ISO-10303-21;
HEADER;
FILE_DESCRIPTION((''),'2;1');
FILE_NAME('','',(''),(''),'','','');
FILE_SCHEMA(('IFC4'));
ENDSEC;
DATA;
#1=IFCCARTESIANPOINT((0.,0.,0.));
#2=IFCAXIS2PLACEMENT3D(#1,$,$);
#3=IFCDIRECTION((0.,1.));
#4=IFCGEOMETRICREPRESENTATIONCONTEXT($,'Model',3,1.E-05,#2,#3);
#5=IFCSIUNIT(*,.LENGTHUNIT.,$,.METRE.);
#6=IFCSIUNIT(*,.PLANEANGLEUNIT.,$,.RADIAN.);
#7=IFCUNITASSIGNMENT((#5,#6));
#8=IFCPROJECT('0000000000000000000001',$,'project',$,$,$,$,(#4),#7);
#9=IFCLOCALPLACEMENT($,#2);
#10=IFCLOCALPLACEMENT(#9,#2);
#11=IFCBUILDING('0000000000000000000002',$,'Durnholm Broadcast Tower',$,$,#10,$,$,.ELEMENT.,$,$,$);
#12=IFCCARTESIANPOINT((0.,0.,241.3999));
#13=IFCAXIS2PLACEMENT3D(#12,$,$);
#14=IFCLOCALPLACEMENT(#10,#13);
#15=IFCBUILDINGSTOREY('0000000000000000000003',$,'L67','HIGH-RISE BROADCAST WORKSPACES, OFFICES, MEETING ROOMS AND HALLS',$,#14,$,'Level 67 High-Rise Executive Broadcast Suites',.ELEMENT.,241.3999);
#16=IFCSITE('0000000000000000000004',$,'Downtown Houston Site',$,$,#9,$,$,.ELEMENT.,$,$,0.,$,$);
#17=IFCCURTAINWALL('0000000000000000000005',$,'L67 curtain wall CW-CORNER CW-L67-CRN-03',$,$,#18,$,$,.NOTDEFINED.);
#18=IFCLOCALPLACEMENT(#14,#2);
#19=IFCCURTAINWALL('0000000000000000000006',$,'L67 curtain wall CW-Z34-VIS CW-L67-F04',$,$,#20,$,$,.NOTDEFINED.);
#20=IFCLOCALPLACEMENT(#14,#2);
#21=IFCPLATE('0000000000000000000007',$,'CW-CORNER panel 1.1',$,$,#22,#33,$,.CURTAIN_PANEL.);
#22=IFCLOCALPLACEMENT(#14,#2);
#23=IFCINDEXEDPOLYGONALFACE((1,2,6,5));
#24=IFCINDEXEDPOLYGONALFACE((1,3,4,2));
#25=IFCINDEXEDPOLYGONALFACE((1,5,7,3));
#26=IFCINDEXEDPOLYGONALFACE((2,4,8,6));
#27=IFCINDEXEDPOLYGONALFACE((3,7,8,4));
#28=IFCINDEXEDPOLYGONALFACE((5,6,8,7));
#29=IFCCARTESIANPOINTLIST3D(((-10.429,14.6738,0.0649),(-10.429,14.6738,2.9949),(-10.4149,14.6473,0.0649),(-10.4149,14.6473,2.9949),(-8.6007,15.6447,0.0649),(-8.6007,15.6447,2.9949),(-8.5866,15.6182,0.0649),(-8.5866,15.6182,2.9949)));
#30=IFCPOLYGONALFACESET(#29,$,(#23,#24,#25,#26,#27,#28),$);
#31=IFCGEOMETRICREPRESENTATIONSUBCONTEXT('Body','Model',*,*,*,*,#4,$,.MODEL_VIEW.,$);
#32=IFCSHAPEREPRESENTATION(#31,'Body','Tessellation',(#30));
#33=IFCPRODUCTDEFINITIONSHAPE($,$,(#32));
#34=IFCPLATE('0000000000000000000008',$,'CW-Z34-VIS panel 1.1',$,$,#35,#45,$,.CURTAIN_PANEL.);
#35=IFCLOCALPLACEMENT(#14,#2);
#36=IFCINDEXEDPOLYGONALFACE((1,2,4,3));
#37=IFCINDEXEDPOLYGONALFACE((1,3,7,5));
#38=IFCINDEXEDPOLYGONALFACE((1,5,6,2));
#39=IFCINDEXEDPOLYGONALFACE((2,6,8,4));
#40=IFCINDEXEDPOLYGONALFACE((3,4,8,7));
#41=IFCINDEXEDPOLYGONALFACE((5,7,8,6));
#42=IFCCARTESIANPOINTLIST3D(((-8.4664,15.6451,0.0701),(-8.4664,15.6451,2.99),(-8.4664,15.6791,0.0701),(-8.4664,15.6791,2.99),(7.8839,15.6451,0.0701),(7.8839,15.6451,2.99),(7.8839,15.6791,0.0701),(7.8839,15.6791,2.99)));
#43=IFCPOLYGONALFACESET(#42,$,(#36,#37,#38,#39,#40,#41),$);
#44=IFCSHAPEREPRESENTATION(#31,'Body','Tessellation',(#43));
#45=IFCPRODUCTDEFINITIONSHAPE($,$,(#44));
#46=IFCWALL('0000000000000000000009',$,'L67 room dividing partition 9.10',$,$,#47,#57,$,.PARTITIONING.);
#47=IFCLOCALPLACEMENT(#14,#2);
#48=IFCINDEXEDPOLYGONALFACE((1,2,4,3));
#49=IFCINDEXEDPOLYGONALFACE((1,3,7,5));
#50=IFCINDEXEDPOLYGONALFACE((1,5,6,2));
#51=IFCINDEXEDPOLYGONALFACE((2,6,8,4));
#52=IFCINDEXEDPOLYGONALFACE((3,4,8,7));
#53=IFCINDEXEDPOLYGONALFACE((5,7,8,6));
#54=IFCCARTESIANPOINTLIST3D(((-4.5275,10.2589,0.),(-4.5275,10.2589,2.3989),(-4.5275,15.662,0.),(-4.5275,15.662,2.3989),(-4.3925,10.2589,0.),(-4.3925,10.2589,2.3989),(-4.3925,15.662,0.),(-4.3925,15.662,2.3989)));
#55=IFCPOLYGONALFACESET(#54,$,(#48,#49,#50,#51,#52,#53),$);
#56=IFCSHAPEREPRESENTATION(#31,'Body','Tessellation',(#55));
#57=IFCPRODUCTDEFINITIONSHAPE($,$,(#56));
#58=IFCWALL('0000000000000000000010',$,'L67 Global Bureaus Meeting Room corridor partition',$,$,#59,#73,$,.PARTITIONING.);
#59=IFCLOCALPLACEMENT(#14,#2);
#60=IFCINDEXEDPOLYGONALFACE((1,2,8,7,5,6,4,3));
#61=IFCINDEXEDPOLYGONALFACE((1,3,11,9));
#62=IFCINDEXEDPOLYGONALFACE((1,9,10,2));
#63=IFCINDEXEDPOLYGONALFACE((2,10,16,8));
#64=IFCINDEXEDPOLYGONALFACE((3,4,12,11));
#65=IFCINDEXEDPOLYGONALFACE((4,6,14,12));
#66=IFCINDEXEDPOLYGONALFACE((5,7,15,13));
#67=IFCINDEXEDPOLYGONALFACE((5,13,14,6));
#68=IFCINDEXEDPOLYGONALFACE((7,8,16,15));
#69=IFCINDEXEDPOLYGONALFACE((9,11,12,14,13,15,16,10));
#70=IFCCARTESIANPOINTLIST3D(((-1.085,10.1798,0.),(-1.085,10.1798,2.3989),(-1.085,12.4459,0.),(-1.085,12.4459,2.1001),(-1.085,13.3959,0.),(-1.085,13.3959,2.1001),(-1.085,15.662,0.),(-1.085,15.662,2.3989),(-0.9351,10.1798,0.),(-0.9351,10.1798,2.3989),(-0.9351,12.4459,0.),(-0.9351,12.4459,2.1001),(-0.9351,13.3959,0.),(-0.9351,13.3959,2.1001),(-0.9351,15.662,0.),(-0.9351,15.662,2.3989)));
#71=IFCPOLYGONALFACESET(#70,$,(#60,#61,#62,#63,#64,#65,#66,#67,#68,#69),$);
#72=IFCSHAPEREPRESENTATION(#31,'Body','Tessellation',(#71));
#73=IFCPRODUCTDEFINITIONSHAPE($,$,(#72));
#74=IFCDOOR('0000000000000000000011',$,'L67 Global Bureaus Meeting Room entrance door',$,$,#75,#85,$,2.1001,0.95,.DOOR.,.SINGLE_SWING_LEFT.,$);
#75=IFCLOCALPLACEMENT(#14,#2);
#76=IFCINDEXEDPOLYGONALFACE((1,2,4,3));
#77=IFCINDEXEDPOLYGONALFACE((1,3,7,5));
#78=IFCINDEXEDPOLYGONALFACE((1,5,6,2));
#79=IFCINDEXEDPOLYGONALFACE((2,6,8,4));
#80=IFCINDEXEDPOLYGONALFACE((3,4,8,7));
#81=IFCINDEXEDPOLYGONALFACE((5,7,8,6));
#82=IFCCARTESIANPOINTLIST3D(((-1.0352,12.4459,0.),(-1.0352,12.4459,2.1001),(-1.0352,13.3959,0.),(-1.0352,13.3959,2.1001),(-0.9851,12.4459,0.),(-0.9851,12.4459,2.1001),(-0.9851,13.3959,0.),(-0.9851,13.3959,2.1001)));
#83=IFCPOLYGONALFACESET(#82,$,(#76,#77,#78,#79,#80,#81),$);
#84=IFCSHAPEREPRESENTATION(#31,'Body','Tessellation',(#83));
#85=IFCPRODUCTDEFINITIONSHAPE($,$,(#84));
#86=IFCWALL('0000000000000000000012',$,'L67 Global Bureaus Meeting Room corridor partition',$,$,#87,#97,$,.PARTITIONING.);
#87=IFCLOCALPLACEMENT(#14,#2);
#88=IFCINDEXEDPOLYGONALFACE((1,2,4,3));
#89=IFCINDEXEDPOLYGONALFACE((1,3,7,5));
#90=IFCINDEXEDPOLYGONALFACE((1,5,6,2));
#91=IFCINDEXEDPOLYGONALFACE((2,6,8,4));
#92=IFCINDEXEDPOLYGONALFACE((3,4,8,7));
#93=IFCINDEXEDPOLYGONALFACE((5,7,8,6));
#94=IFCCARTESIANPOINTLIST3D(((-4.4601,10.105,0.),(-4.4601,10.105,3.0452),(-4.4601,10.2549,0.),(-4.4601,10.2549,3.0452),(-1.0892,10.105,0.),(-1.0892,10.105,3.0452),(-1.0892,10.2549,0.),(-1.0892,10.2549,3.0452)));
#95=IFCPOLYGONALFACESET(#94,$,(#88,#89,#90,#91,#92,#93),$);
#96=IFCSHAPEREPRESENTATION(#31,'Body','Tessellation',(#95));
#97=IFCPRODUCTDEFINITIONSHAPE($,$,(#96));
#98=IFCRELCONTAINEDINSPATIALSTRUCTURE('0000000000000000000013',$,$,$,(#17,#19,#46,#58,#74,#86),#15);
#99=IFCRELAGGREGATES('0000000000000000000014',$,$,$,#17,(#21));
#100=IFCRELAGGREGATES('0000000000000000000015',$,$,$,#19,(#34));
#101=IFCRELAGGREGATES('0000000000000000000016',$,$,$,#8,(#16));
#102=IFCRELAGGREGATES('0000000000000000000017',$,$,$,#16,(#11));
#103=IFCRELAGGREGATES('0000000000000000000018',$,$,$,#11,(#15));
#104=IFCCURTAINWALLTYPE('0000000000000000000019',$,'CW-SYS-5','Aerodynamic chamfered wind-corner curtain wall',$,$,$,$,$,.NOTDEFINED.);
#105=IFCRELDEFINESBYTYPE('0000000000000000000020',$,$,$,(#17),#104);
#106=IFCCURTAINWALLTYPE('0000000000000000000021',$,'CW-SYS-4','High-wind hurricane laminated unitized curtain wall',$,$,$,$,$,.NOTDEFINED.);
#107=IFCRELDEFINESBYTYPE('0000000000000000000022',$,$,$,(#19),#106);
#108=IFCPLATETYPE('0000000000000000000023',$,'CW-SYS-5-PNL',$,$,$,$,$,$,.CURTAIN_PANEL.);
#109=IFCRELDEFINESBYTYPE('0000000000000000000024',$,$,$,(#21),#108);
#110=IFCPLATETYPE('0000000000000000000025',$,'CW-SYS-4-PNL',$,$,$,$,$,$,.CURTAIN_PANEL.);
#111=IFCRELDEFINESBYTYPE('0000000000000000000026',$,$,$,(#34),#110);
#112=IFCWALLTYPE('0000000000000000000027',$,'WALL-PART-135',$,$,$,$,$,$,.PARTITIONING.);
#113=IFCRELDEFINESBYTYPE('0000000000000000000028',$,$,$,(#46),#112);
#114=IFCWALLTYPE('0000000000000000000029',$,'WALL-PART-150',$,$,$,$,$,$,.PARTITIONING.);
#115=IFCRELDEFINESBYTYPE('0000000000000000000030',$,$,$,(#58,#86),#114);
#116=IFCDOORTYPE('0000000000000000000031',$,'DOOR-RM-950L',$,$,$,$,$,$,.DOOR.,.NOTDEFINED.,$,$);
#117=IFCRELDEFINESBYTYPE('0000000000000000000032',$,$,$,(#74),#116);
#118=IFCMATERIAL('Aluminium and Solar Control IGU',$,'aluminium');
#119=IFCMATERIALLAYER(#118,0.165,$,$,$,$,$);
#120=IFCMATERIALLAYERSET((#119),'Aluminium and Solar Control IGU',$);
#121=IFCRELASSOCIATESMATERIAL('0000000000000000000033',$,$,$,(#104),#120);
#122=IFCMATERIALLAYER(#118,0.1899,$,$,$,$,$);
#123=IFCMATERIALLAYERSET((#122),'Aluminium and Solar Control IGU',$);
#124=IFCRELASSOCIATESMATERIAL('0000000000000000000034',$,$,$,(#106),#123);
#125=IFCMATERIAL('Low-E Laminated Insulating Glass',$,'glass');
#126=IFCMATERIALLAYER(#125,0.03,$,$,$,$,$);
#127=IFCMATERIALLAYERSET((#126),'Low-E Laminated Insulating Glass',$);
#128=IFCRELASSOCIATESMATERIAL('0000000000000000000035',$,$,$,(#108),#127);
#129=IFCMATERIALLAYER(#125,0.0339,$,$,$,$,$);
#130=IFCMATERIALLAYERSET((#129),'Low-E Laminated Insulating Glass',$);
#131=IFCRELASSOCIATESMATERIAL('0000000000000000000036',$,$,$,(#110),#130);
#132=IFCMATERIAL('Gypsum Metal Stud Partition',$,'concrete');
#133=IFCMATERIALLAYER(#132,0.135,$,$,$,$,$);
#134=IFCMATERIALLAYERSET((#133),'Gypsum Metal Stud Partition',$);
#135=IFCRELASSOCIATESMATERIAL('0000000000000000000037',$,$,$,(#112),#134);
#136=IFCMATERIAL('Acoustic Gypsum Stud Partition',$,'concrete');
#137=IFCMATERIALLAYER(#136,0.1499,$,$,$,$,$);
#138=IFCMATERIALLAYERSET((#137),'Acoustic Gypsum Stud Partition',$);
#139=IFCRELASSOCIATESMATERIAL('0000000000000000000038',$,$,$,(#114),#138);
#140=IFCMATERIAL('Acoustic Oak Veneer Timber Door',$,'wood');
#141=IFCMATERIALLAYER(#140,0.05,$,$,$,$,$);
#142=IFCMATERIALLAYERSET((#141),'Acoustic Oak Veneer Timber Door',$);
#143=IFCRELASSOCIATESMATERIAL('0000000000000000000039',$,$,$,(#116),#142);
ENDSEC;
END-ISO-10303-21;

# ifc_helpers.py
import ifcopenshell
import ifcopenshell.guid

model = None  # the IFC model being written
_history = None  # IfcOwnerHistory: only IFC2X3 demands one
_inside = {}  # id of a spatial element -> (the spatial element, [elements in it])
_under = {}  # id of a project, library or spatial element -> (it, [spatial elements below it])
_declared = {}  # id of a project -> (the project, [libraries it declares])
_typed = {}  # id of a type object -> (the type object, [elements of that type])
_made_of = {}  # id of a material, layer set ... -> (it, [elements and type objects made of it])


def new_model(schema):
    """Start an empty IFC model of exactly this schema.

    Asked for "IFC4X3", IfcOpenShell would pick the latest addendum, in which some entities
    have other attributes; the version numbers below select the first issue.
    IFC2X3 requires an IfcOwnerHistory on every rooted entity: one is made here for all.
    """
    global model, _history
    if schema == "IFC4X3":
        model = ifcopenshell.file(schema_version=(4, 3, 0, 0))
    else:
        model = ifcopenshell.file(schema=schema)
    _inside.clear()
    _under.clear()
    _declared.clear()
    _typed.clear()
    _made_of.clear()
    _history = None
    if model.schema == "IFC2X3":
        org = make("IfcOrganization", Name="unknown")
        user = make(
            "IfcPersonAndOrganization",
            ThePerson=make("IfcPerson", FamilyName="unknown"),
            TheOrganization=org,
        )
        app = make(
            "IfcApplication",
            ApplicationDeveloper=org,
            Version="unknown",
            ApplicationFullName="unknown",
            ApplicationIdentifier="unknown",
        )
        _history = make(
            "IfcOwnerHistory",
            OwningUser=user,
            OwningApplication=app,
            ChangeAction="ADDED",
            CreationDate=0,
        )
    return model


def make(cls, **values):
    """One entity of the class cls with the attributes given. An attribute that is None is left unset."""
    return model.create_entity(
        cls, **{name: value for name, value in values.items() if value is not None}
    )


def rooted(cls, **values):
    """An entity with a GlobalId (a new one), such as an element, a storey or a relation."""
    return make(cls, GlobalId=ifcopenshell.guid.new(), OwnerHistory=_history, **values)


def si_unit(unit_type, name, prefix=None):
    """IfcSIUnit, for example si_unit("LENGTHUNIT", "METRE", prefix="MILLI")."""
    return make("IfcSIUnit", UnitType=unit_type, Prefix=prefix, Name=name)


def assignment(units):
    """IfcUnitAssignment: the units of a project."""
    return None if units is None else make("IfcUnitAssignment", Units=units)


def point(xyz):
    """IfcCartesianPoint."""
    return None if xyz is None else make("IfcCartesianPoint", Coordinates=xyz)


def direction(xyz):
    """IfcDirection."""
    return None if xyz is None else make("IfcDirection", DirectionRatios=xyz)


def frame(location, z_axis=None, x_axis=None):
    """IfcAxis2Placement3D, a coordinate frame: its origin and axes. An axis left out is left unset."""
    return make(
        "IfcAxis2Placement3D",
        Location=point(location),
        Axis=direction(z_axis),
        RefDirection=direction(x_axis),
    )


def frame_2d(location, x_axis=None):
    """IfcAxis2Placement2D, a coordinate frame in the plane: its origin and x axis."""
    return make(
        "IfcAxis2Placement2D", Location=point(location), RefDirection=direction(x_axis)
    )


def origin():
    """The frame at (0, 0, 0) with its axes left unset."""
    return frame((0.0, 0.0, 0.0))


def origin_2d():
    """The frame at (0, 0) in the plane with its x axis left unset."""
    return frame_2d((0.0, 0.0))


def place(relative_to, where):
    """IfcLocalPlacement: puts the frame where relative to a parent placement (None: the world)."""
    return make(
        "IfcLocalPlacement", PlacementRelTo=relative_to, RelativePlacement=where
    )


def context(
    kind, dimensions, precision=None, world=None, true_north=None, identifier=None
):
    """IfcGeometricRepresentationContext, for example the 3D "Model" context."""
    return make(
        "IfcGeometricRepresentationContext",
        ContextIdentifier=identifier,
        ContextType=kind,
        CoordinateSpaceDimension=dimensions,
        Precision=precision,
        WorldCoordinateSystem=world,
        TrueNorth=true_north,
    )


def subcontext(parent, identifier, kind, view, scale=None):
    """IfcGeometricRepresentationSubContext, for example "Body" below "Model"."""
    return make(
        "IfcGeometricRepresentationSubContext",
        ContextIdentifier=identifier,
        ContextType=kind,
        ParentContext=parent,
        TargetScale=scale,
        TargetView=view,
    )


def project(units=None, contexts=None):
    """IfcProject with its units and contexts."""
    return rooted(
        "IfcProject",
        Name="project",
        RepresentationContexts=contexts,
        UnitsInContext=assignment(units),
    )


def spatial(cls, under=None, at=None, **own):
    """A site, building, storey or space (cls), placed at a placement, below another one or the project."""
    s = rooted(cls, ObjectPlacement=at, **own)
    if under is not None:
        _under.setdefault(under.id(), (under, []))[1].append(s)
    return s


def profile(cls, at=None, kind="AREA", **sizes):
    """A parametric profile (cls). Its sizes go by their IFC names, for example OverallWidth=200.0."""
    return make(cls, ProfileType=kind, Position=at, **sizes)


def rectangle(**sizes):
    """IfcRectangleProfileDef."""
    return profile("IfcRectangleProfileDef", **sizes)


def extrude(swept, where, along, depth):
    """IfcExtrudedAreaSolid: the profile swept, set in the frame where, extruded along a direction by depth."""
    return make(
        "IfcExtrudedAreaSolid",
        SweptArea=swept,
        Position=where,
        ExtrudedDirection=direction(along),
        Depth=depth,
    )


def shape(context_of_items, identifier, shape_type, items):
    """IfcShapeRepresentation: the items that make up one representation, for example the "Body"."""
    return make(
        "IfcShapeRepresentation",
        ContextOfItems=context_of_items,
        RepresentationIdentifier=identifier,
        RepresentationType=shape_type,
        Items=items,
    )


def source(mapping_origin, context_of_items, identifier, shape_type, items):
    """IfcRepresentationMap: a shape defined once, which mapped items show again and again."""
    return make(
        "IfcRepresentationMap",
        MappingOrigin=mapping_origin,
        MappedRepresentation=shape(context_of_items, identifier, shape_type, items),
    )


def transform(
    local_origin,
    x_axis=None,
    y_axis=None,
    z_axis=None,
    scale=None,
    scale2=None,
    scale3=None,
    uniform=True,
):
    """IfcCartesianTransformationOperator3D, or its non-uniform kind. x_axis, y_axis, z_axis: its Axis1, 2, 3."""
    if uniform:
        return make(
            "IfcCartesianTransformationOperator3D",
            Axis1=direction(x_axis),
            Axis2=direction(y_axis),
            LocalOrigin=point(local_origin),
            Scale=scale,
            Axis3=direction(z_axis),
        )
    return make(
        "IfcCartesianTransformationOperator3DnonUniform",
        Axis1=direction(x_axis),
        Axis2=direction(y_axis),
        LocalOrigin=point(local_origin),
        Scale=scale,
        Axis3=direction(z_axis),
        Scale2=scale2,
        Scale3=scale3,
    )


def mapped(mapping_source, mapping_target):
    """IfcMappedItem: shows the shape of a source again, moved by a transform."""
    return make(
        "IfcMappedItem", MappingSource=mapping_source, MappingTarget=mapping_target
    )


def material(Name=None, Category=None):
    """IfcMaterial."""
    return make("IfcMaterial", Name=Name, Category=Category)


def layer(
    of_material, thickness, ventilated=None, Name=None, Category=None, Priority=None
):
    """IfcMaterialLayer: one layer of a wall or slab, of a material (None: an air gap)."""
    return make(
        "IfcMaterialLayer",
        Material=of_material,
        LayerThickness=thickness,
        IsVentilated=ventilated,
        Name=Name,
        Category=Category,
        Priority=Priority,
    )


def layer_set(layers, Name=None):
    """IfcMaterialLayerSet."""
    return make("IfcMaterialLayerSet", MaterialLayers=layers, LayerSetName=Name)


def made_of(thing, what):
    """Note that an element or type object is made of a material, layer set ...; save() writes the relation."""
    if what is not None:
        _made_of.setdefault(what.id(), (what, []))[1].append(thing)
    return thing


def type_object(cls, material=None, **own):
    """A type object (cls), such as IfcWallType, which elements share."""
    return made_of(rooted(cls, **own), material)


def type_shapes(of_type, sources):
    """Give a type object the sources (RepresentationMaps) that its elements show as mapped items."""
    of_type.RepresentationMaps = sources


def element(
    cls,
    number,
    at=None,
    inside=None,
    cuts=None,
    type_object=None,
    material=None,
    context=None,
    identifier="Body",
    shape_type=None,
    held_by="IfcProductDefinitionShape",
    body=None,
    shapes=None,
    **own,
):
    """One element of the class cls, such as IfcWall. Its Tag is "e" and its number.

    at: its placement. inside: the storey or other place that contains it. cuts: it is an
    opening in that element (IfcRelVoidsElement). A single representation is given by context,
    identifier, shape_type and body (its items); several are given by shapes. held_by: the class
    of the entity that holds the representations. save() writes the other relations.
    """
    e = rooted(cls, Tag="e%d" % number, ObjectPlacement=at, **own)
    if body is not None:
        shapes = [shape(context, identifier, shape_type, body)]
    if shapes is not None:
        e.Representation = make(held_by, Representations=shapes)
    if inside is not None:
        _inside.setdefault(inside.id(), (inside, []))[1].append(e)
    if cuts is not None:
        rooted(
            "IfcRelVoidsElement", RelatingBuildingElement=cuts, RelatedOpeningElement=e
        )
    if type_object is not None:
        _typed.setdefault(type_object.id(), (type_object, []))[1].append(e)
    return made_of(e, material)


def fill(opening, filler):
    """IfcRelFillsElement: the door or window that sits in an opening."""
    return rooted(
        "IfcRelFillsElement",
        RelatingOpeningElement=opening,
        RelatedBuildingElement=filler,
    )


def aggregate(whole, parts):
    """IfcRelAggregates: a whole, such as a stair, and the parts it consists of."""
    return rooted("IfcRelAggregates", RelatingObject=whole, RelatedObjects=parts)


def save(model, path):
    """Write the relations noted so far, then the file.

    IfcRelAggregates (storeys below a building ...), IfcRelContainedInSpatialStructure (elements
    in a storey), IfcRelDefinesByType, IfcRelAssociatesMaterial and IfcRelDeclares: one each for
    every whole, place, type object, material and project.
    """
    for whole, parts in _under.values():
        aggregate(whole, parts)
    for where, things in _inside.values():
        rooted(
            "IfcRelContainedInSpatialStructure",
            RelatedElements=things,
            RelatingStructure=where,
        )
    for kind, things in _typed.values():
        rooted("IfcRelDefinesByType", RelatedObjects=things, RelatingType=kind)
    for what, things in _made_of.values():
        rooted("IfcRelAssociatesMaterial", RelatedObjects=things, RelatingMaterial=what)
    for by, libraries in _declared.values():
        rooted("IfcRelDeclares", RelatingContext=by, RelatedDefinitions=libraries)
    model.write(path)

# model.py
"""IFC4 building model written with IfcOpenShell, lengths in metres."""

from ifc_helpers import new_model, si_unit, direction, frame, frame_2d, origin, origin_2d, place, context, subcontext, project, spatial, rectangle, extrude, source, transform, mapped, material, layer, layer_set, type_object, type_shapes, element, fill, aggregate, save


model = new_model("IFC4")

# Units and contexts
model_context = context("Model", 3, precision=1e-05, world=origin(), true_north=direction((0.0, 1.0)))
body_context = subcontext(model_context, "Body", "Model", "MODEL_VIEW")
ifc_project = project(units=[si_unit("LENGTHUNIT", "METRE"), si_unit("PLANEANGLEUNIT", "RADIAN")], contexts=[model_context])

# Site, building, storey
site_placement = place(None, origin())
site = spatial("IfcSite", under=ifc_project, at=site_placement, Name="Downtown Houston Site", CompositionType="ELEMENT", RefElevation=0.0)
building_placement = place(site_placement, origin())
building = spatial("IfcBuilding", under=site, at=building_placement, Name="Durnholm Broadcast Tower", CompositionType="ELEMENT")
storey_placement = place(building_placement, frame((0.0, 0.0, 241.3999)))
storey = spatial("IfcBuildingStorey", under=building, at=storey_placement, Name="L67", Description="HIGH-RISE BROADCAST WORKSPACES, OFFICES, MEETING ROOMS AND HALLS", LongName="Level 67 High-Rise Executive Broadcast Suites", CompositionType="ELEMENT", Elevation=241.3999)

# Curtain wall
ifc_material_1 = material(Name="Aluminium and Solar Control IGU", Category="aluminium")
ifc_layer_1 = layer(ifc_material_1, 0.165)
ifc_layer_set_1 = layer_set([ifc_layer_1], Name="Aluminium and Solar Control IGU")
curtain_wall_type_1 = type_object("IfcCurtainWallType", Name="CW-SYS-5", Description="Aerodynamic chamfered wind-corner curtain wall", PredefinedType="NOTDEFINED", material=ifc_layer_set_1)
curtain_wall_1_placement = place(storey_placement, origin())
curtain_wall_1 = element("IfcCurtainWall", 1, at=curtain_wall_1_placement, inside=storey, type_object=curtain_wall_type_1, Name="L67 curtain wall CW-CORNER CW-L67-CRN-03", PredefinedType="NOTDEFINED")

# Curtain wall
ifc_layer_2 = layer(ifc_material_1, 0.1899)
ifc_layer_set_2 = layer_set([ifc_layer_2], Name="Aluminium and Solar Control IGU")
curtain_wall_type_2 = type_object("IfcCurtainWallType", Name="CW-SYS-4", Description="High-wind hurricane laminated unitized curtain wall", PredefinedType="NOTDEFINED", material=ifc_layer_set_2)
curtain_wall_2_placement = place(storey_placement, origin())
curtain_wall_2 = element("IfcCurtainWall", 2, at=curtain_wall_2_placement, inside=storey, type_object=curtain_wall_type_2, Name="L67 curtain wall CW-Z34-VIS CW-L67-F04", PredefinedType="NOTDEFINED")

# Plates
ifc_material_2 = material(Name="Low-E Laminated Insulating Glass", Category="glass")
ifc_layer_3 = layer(ifc_material_2, 0.03)
ifc_layer_set_3 = layer_set([ifc_layer_3], Name="Low-E Laminated Insulating Glass")
plate_type_1 = type_object("IfcPlateType", Name="CW-SYS-5-PNL", PredefinedType="CURTAIN_PANEL", material=ifc_layer_set_3)
shared_shape_1 = source(origin(), body_context, "Body", "SweptSolid", [
    extrude(rectangle(XDim=2.0701, YDim=0.03, at=origin_2d()), origin(), (0.0, 0.0, 1.0), 2.9299),
])
type_shapes(plate_type_1, [shared_shape_1])
plate_1_placement = place(storey_placement, frame((-9.5078, 15.146, 0.0649), z_axis=(0.0, 0.0, 1.0), x_axis=(0.883195, 0.469007, 0.0)))
plate_1 = element("IfcPlate", 3, at=plate_1_placement, type_object=plate_type_1, Name="CW-CORNER panel 1.1", PredefinedType="CURTAIN_PANEL", context=body_context, shape_type="MappedRepresentation", body=[
    mapped(shared_shape_1, transform((0.0, 0.0, 0.0), x_axis=(1.0, 0.0, 0.0), y_axis=(0.0, 1.0, 0.0), z_axis=(0.0, 0.0, 1.0), scale=1.0)),
])
aggregate(curtain_wall_1, [plate_1])
ifc_layer_4 = layer(ifc_material_2, 0.0339)
ifc_layer_set_4 = layer_set([ifc_layer_4], Name="Low-E Laminated Insulating Glass")
plate_type_2 = type_object("IfcPlateType", Name="CW-SYS-4-PNL", PredefinedType="CURTAIN_PANEL", material=ifc_layer_set_4)
shared_shape_2 = source(origin(), body_context, "Body", "SweptSolid", [
    extrude(rectangle(XDim=16.3503, YDim=0.0339, at=origin_2d()), origin(), (0.0, 0.0, 1.0), 2.9199),
])
type_shapes(plate_type_2, [shared_shape_2])
plate_2_placement = place(storey_placement, frame((-0.2913, 15.6621, 0.0701), z_axis=(0.0, 0.0, 1.0), x_axis=(1.0, 0.0, 0.0)))
plate_2 = element("IfcPlate", 4, at=plate_2_placement, type_object=plate_type_2, Name="CW-Z34-VIS panel 1.1", PredefinedType="CURTAIN_PANEL", context=body_context, shape_type="MappedRepresentation", body=[
    mapped(shared_shape_2, transform((0.0, 0.0, 0.0), x_axis=(1.0, 0.0, 0.0), y_axis=(0.0, 1.0, 0.0), z_axis=(0.0, 0.0, 1.0), scale=1.0)),
])
aggregate(curtain_wall_2, [plate_2])

# Wall
ifc_material_3 = material(Name="Gypsum Metal Stud Partition", Category="concrete")
ifc_layer_5 = layer(ifc_material_3, 0.135)
ifc_layer_set_5 = layer_set([ifc_layer_5], Name="Gypsum Metal Stud Partition")
wall_type_1 = type_object("IfcWallType", Name="WALL-PART-135", PredefinedType="PARTITIONING", material=ifc_layer_set_5)
wall_1_placement = place(storey_placement, frame((-4.46, 15.6621, 0.0), z_axis=(0.0, 0.0, 1.0), x_axis=(0.0, -1.0, 0.0)))
element("IfcWall", 5, at=wall_1_placement, inside=storey, type_object=wall_type_1, Name="L67 room dividing partition 9.10", PredefinedType="PARTITIONING", context=body_context, shape_type="SweptSolid", body=[
    extrude(rectangle(XDim=5.4031, YDim=0.135, at=frame_2d((2.7017, 0.0))), origin(), (0.0, 0.0, 1.0), 2.3989),
])

# Wall, opening, door
ifc_material_4 = material(Name="Acoustic Gypsum Stud Partition", Category="concrete")
ifc_layer_6 = layer(ifc_material_4, 0.1499)
ifc_layer_set_6 = layer_set([ifc_layer_6], Name="Acoustic Gypsum Stud Partition")
wall_type_2 = type_object("IfcWallType", Name="WALL-PART-150", PredefinedType="PARTITIONING", material=ifc_layer_set_6)
wall_2_placement = place(storey_placement, frame((-1.01, 15.6621, 0.0), z_axis=(0.0, 0.0, 1.0), x_axis=(0.0, -1.0, 0.0)))
wall_2 = element("IfcWall", 6, at=wall_2_placement, inside=storey, type_object=wall_type_2, Name="L67 Global Bureaus Meeting Room corridor partition", PredefinedType="PARTITIONING", context=body_context, shape_type="SweptSolid", body=[
    extrude(rectangle(XDim=5.4822, YDim=0.1499, at=frame_2d((2.7412, 0.0))), origin(), (0.0, 0.0, 1.0), 2.3989),
])
opening_placement = place(wall_2_placement, frame((2.2661, 0.0, 0.0)))
opening = element("IfcOpeningElement", 7, at=opening_placement, cuts=wall_2, PredefinedType="OPENING", context=body_context, shape_type="SweptSolid", body=[
    extrude(rectangle(XDim=0.95, YDim=2.1001, at=frame_2d((0.4751, 1.05))), frame((0.0, 0.085, 0.0), z_axis=(0.0, -1.0, 0.0), x_axis=(1.0, 0.0, 0.0)), (0.0, 0.0, 1.0), 0.1699),
])
ifc_material_5 = material(Name="Acoustic Oak Veneer Timber Door", Category="wood")
ifc_layer_7 = layer(ifc_material_5, 0.05)
ifc_layer_set_7 = layer_set([ifc_layer_7], Name="Acoustic Oak Veneer Timber Door")
door_type = type_object("IfcDoorType", Name="DOOR-RM-950L", OperationType="NOTDEFINED", PredefinedType="DOOR", material=ifc_layer_set_7)
shared_shape_3 = source(origin(), body_context, "Body", "SweptSolid", [
    extrude(rectangle(XDim=0.95, YDim=2.1001, at=frame_2d((0.4751, 1.05))), frame((0.0, 0.0249, 0.0), z_axis=(0.0, -1.0, 0.0), x_axis=(1.0, 0.0, 0.0)), (0.0, 0.0, 1.0), 0.05),
])
type_shapes(door_type, [shared_shape_3])
door_placement = place(opening_placement, origin())
door = element("IfcDoor", 8, at=door_placement, inside=storey, type_object=door_type, Name="L67 Global Bureaus Meeting Room entrance door", OperationType="SINGLE_SWING_LEFT", OverallHeight=2.1001, OverallWidth=0.95, PredefinedType="DOOR", context=body_context, shape_type="MappedRepresentation", body=[
    mapped(shared_shape_3, transform((0.0, 0.0, 0.0), x_axis=(1.0, 0.0, 0.0), y_axis=(0.0, 1.0, 0.0), z_axis=(0.0, 0.0, 1.0), scale=1.0)),
])
fill(opening, door)

# Wall
wall_3_placement = place(storey_placement, frame((-1.0891, 10.1799, 0.0), z_axis=(0.0, 0.0, 1.0), x_axis=(-1.0, 0.0, 0.0)))
element("IfcWall", 9, at=wall_3_placement, inside=storey, type_object=wall_type_2, Name="L67 Global Bureaus Meeting Room corridor partition", PredefinedType="PARTITIONING", context=body_context, shape_type="SweptSolid", body=[
    extrude(rectangle(XDim=3.3708, YDim=0.1499, at=frame_2d((1.6855, 0.0))), origin(), (0.0, 0.0, 1.0), 3.0452),
])

save(model, "model.ifc")
